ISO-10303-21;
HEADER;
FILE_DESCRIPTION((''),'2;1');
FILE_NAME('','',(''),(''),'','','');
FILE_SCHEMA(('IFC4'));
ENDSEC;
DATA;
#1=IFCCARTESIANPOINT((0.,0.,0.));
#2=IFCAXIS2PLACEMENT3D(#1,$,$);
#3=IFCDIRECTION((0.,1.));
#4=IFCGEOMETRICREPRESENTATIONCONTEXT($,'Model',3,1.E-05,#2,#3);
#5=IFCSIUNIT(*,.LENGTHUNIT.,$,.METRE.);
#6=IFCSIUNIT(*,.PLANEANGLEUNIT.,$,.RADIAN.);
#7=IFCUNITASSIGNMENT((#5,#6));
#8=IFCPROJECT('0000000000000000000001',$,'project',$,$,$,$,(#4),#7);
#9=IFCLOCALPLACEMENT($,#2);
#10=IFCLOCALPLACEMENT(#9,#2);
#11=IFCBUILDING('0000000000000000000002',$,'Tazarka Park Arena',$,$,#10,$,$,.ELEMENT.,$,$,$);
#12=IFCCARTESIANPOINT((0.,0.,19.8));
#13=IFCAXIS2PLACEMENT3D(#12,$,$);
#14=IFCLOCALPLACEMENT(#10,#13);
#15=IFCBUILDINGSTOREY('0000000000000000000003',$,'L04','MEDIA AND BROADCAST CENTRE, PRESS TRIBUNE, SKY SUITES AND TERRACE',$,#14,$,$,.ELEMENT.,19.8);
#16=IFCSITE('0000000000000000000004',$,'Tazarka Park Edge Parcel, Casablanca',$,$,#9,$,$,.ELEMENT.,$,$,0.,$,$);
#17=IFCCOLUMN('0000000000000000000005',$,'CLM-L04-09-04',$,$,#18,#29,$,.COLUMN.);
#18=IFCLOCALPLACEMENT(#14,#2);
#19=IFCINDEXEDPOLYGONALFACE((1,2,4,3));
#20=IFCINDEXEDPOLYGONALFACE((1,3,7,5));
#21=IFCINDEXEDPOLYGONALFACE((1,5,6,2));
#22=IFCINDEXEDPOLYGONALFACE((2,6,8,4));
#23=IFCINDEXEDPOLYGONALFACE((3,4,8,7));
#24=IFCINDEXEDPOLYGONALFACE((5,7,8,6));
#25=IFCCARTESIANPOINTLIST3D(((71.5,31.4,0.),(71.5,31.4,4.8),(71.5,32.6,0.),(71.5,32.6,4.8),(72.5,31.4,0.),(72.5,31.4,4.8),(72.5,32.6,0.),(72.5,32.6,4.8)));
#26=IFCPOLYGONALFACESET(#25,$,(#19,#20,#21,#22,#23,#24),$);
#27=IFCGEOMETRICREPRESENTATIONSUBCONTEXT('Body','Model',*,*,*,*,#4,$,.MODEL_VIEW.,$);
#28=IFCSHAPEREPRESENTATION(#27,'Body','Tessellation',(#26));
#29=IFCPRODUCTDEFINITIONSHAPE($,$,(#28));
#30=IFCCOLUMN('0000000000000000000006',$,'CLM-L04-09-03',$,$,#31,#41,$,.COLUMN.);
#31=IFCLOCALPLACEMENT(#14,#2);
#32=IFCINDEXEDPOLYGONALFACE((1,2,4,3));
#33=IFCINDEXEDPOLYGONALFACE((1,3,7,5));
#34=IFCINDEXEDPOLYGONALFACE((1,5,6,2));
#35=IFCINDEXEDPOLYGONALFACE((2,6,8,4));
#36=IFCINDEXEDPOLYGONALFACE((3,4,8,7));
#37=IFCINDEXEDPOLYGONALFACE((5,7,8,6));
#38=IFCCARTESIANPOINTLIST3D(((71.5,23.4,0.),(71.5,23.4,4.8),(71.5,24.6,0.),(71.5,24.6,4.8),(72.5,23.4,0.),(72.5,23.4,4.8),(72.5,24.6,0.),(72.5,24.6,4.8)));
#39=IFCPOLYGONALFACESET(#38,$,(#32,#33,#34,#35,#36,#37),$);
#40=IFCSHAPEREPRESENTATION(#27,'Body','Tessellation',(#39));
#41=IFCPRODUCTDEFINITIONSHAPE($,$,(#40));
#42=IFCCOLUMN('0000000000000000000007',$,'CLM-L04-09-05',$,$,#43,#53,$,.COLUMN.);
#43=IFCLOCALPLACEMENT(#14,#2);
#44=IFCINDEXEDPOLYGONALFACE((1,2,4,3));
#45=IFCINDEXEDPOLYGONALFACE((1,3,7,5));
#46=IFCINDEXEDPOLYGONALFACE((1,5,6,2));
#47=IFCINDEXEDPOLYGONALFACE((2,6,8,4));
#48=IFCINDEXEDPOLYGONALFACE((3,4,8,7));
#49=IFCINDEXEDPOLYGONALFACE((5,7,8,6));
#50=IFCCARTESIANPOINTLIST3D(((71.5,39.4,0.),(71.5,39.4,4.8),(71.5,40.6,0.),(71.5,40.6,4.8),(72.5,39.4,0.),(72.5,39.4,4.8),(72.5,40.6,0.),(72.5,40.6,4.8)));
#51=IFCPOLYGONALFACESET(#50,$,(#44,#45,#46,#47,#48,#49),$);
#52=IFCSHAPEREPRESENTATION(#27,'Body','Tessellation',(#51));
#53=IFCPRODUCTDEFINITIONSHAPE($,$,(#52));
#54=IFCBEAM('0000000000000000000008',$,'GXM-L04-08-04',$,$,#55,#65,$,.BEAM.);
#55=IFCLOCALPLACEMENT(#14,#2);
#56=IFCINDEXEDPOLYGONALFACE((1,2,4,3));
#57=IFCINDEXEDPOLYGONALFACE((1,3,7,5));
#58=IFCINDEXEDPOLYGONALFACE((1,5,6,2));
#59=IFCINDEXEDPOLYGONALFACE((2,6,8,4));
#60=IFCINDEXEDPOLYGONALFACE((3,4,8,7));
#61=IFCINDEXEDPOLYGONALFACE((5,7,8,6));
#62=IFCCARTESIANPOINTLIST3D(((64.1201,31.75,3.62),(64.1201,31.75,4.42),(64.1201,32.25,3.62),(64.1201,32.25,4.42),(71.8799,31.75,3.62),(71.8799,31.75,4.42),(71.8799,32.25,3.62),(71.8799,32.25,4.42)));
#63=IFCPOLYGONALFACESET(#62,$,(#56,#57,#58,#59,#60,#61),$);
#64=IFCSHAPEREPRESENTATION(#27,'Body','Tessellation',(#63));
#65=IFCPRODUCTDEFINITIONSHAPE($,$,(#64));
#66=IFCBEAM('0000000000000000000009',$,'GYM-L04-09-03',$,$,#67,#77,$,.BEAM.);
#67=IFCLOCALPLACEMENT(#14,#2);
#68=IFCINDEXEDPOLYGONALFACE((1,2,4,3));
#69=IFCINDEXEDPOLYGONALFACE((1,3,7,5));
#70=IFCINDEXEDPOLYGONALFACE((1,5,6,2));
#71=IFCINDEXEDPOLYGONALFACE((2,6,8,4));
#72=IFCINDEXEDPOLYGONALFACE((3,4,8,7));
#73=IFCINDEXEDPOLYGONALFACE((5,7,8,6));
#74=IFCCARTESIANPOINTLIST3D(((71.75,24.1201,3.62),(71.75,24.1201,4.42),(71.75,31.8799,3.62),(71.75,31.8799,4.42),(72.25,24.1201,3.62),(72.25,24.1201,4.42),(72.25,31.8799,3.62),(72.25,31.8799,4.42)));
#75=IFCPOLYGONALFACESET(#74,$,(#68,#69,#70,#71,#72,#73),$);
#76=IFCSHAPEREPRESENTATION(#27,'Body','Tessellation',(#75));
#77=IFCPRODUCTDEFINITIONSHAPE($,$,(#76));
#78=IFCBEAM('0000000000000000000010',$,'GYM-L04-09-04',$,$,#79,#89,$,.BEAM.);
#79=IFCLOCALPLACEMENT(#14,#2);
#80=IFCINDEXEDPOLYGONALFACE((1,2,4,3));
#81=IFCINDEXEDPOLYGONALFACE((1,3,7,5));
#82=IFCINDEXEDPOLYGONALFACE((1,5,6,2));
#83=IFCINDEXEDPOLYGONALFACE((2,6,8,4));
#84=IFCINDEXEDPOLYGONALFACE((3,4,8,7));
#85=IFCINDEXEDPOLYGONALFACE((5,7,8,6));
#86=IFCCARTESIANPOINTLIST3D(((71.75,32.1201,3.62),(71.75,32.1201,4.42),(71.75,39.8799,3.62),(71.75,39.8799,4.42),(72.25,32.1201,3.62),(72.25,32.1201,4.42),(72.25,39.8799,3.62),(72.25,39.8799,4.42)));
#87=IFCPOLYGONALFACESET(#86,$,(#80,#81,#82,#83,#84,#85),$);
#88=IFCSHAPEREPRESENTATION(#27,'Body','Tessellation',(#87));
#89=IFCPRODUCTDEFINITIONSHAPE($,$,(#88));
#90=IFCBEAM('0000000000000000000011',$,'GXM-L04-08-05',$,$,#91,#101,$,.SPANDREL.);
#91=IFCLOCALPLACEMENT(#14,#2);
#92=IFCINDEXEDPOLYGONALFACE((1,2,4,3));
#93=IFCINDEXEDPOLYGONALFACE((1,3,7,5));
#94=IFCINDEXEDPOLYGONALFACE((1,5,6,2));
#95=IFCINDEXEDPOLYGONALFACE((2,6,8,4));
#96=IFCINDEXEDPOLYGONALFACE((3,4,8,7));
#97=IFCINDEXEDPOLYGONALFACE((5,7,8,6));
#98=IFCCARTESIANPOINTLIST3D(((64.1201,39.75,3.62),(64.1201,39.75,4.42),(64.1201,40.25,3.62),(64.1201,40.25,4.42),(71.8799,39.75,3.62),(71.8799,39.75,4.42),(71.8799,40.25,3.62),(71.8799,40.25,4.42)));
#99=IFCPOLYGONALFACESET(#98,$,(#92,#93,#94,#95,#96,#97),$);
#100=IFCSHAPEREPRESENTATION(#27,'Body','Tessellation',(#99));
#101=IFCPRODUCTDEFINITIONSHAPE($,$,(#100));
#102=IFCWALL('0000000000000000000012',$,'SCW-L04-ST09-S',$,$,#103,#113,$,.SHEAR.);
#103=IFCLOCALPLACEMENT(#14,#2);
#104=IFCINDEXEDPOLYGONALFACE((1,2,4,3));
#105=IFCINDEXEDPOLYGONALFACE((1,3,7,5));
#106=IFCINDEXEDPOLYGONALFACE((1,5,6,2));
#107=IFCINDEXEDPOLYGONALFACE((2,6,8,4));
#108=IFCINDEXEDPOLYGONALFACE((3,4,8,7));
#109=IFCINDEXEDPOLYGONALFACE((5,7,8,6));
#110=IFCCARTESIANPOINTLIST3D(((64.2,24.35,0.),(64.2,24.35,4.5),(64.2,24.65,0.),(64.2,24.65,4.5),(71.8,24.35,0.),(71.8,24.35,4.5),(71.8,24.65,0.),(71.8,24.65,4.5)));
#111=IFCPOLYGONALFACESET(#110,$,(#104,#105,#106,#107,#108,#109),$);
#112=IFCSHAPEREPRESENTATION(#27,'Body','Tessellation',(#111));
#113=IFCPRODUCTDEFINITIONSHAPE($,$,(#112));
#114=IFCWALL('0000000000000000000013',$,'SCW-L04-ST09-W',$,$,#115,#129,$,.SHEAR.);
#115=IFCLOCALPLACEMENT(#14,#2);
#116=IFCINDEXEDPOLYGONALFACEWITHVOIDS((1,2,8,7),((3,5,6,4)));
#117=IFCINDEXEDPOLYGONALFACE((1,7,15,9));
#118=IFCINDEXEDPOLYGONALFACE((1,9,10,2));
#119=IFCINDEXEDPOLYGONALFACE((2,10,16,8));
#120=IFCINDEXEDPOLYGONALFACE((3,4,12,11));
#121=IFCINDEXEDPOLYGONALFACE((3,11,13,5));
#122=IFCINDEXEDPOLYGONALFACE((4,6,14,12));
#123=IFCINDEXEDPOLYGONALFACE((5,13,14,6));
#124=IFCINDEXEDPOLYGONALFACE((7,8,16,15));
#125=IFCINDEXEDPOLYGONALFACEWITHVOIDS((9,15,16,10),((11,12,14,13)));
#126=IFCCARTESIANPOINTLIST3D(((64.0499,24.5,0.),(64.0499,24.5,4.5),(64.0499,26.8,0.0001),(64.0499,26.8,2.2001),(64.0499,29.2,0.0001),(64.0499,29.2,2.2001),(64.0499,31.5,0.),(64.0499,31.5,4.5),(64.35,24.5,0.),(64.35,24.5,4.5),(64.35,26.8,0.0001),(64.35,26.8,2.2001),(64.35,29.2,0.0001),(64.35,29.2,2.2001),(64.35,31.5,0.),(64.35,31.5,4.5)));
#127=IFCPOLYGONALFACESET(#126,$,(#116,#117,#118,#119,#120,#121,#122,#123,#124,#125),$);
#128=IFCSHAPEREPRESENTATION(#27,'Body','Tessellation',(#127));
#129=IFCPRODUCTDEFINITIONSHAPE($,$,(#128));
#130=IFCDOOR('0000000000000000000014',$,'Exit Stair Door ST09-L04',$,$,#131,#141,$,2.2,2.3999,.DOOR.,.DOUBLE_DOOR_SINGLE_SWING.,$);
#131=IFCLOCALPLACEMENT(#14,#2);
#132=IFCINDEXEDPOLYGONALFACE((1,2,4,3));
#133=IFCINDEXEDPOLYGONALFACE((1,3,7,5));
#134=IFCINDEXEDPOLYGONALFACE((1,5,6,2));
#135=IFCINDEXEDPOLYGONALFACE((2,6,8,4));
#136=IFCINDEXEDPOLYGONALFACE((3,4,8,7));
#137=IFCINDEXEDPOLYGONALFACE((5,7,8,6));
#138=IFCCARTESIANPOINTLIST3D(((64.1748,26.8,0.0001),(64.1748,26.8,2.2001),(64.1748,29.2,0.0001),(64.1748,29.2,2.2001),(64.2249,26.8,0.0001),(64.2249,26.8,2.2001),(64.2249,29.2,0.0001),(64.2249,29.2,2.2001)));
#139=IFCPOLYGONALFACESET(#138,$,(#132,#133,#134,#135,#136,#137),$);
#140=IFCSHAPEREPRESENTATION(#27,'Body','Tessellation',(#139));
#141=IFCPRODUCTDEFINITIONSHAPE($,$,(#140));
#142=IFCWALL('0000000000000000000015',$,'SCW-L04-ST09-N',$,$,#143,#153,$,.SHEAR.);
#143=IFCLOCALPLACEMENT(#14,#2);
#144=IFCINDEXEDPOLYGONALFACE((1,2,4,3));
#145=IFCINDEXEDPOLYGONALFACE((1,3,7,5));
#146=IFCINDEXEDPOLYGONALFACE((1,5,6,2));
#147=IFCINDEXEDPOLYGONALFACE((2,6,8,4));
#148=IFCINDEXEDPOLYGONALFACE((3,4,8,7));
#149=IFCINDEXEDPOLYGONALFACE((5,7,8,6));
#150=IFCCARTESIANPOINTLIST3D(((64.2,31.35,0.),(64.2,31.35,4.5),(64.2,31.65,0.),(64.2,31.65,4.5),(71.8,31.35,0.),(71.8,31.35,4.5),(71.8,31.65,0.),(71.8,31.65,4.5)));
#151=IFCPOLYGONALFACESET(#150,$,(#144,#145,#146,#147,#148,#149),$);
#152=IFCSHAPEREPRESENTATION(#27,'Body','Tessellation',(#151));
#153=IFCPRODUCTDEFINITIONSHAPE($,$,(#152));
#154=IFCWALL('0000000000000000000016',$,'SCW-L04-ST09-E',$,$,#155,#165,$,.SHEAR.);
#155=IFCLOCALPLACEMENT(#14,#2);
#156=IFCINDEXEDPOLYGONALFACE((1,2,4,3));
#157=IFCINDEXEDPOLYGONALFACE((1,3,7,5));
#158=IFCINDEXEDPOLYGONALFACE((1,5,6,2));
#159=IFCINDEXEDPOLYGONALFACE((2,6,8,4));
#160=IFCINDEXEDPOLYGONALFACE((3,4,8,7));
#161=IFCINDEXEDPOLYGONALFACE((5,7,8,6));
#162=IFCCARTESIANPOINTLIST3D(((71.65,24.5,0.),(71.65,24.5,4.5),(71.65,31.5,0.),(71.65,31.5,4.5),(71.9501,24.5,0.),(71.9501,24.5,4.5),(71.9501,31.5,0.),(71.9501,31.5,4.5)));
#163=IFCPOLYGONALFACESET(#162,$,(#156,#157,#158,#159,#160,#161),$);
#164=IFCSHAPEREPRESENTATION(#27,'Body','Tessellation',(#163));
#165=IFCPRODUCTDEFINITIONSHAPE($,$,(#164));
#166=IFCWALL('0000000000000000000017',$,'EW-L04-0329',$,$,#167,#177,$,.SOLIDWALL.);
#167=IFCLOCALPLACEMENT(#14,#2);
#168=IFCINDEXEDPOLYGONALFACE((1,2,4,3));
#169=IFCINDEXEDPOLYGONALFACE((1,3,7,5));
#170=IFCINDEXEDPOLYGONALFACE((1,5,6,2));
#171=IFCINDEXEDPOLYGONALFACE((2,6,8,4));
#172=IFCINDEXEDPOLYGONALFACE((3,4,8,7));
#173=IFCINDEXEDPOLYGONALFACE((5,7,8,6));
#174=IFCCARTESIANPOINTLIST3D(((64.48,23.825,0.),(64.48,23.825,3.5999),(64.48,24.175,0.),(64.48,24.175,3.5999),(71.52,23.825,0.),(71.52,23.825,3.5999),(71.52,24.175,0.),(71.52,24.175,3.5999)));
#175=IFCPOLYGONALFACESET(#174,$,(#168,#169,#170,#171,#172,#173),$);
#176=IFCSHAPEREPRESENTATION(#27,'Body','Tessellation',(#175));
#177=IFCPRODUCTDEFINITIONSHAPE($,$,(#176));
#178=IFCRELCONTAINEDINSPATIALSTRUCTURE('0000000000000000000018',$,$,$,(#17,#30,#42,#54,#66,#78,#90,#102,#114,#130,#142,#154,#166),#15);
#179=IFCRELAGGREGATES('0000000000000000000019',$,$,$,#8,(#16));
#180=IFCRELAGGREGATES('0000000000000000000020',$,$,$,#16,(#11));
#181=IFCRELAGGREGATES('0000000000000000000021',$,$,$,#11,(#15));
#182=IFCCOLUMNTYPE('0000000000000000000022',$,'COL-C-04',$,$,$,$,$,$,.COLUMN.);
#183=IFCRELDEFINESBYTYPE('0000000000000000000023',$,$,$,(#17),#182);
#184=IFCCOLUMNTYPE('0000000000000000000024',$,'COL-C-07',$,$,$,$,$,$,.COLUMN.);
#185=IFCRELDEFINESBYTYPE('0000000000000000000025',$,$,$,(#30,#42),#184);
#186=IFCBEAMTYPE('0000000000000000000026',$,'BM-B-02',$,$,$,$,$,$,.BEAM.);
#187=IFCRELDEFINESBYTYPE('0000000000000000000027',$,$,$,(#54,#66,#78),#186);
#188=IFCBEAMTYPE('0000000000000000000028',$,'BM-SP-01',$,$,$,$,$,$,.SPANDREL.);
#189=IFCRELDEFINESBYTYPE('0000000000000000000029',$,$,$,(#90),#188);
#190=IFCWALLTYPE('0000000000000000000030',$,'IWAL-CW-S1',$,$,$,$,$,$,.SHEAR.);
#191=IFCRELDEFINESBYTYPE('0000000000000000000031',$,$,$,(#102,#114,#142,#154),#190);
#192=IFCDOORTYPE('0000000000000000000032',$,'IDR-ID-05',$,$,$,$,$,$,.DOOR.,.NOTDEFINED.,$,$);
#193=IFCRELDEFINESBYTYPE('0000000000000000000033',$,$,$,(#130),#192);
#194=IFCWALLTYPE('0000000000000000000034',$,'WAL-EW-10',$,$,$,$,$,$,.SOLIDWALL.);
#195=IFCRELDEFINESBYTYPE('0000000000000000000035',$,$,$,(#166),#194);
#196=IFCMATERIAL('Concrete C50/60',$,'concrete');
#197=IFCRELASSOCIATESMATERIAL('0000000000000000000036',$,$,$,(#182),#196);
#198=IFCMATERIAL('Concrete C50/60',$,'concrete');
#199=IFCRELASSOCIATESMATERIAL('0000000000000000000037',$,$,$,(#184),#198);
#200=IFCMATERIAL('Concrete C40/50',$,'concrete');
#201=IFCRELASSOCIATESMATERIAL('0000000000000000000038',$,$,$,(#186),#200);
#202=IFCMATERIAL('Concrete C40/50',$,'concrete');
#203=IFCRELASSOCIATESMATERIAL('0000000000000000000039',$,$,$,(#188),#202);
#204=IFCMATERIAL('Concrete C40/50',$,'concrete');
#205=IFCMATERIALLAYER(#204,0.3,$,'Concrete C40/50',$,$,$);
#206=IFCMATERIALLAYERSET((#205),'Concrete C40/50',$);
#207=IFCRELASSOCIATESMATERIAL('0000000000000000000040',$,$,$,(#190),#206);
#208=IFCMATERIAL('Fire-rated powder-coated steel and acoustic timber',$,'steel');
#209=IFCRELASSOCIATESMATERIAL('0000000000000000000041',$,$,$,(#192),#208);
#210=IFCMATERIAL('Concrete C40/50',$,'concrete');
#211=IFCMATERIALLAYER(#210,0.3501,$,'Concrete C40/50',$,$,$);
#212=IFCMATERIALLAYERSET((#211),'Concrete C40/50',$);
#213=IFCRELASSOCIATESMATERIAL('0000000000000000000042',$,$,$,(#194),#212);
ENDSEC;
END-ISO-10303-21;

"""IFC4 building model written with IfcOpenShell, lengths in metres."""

from ifc_helpers import new_model, si_unit, direction, frame, frame_2d, origin, origin_2d, place, context, subcontext, project, spatial, rectangle, extrude, material, layer, layer_set, material_profile, profile_set, type_object, element, fill, save


model = new_model("IFC4")

# Units and contexts
model_context = context("Model", 3, precision=1e-05, world=origin(), true_north=direction((0.0, 1.0)))
body_context = subcontext(model_context, "Body", "Model", "MODEL_VIEW")
ifc_project = project(units=[si_unit("LENGTHUNIT", "METRE"), si_unit("PLANEANGLEUNIT", "RADIAN")], contexts=[model_context])

# Site, building, storey
site_placement = place(None, origin())
site = spatial("IfcSite", under=ifc_project, at=site_placement, Name="Tazarka Park Edge Parcel, Casablanca", CompositionType="ELEMENT", RefElevation=0.0)
building_placement = place(site_placement, origin())
building = spatial("IfcBuilding", under=site, at=building_placement, Name="Tazarka Park Arena", CompositionType="ELEMENT")
storey_placement = place(building_placement, frame((0.0, 0.0, 19.8)))
storey = spatial("IfcBuildingStorey", under=building, at=storey_placement, Name="L04", Description="MEDIA AND BROADCAST CENTRE, PRESS TRIBUNE, SKY SUITES AND TERRACE", CompositionType="ELEMENT", Elevation=19.8)

# Columns
ifc_material_1 = material(Name="Concrete C50/60", Category="concrete")
ifc_material_profile_1 = material_profile(ifc_material_1, rectangle(XDim=1.0, YDim=1.2, at=origin_2d()), Name="Concrete C50/60")
ifc_profile_set_1 = profile_set([ifc_material_profile_1], Name="Concrete C50/60")
column_type_1 = type_object("IfcColumnType", Name="COL-C-04", PredefinedType="COLUMN", material=ifc_profile_set_1)
column_placement = place(storey_placement, frame((72.0, 32.0, 0.0), z_axis=(0.0, 0.0, 1.0), x_axis=(1.0, 0.0, 0.0)))
element("IfcColumn", 1, at=column_placement, inside=storey, type_object=column_type_1, Name="CLM-L04-09-04", PredefinedType="COLUMN", context=body_context, shape_type="SweptSolid", body=[
    extrude(rectangle(XDim=1.0, YDim=1.2, at=origin_2d()), origin(), (0.0, 0.0, 1.0), 4.8),
])
ifc_material_2 = material(Name="Concrete C50/60", Category="concrete")
ifc_material_profile_2 = material_profile(ifc_material_2, rectangle(XDim=1.0, YDim=1.2, at=origin_2d()), Name="Concrete C50/60")
ifc_profile_set_2 = profile_set([ifc_material_profile_2], Name="Concrete C50/60")
column_type_2 = type_object("IfcColumnType", Name="COL-C-07", PredefinedType="COLUMN", material=ifc_profile_set_2)
for number, where, z_axis, x_axis, name in (
    (2, (72.0, 24.0, 0.0), (0.0, 0.0, 1.0), (1.0, 0.0, 0.0), "CLM-L04-09-03"),
    (3, (72.0, 40.0, 0.0), (0.0, 0.0, 1.0), (1.0, 0.0, 0.0), "CLM-L04-09-05"),
):
    element("IfcColumn", number, at=place(storey_placement, frame(where, z_axis=z_axis, x_axis=x_axis)), inside=storey, type_object=column_type_2, Name=name, PredefinedType="COLUMN", context=body_context, shape_type="SweptSolid", body=[
        extrude(rectangle(XDim=1.0, YDim=1.2, at=origin_2d()), origin(), (0.0, 0.0, 1.0), 4.8),
    ])

# Beams
ifc_material_3 = material(Name="Concrete C40/50", Category="concrete")
ifc_material_profile_3 = material_profile(ifc_material_3, rectangle(XDim=0.5, YDim=0.8, at=origin_2d()), Name="Concrete C40/50")
ifc_profile_set_3 = profile_set([ifc_material_profile_3], Name="Concrete C40/50")
beam_type_1 = type_object("IfcBeamType", Name="BM-B-02", PredefinedType="BEAM", material=ifc_profile_set_3)
for number, where, z_axis, x_axis, name in (
    (4, (64.1201, 32.0, 4.02), (1.0, 0.0, 0.0), (0.0, 1.0, 0.0), "GXM-L04-08-04"),
    (5, (72.0, 24.1201, 4.02), (0.0, 1.0, 0.0), (-1.0, 0.0, 0.0), "GYM-L04-09-03"),
    (6, (72.0, 32.1201, 4.02), (0.0, 1.0, 0.0), (-1.0, 0.0, 0.0), "GYM-L04-09-04"),
):
    element("IfcBeam", number, at=place(storey_placement, frame(where, z_axis=z_axis, x_axis=x_axis)), inside=storey, type_object=beam_type_1, Name=name, PredefinedType="BEAM", context=body_context, shape_type="SweptSolid", body=[
        extrude(rectangle(XDim=0.5, YDim=0.8, at=origin_2d()), origin(), (0.0, 0.0, 1.0), 7.7598),
    ])
ifc_material_4 = material(Name="Concrete C40/50", Category="concrete")
ifc_material_profile_4 = material_profile(ifc_material_4, rectangle(XDim=0.5, YDim=0.8, at=origin_2d()), Name="Concrete C40/50")
ifc_profile_set_4 = profile_set([ifc_material_profile_4], Name="Concrete C40/50")
beam_type_2 = type_object("IfcBeamType", Name="BM-SP-01", PredefinedType="SPANDREL", material=ifc_profile_set_4)
beam_placement = place(storey_placement, frame((64.1201, 40.0, 4.02), z_axis=(1.0, 0.0, 0.0), x_axis=(0.0, 1.0, 0.0)))
element("IfcBeam", 7, at=beam_placement, inside=storey, type_object=beam_type_2, Name="GXM-L04-08-05", PredefinedType="SPANDREL", context=body_context, shape_type="SweptSolid", body=[
    extrude(rectangle(XDim=0.5, YDim=0.8, at=origin_2d()), origin(), (0.0, 0.0, 1.0), 7.7598),
])

# Wall
ifc_material_5 = material(Name="Concrete C40/50", Category="concrete")
ifc_layer_1 = layer(ifc_material_5, 0.3, Name="Concrete C40/50")
ifc_layer_set_1 = layer_set([ifc_layer_1], Name="Concrete C40/50")
wall_type_1 = type_object("IfcWallType", Name="IWAL-CW-S1", PredefinedType="SHEAR", material=ifc_layer_set_1)
wall_1_placement = place(storey_placement, frame((71.8, 24.5, 0.0), z_axis=(0.0, 0.0, 1.0), x_axis=(-1.0, 0.0, 0.0)))
element("IfcWall", 8, at=wall_1_placement, inside=storey, type_object=wall_type_1, Name="SCW-L04-ST09-S", PredefinedType="SHEAR", context=body_context, shape_type="SweptSolid", body=[
    extrude(rectangle(XDim=7.6001, YDim=0.3, at=frame_2d((3.8, 0.0))), origin(), (0.0, 0.0, 1.0), 4.5),
])

# Wall, opening, door
wall_2_placement = place(storey_placement, frame((64.2, 24.5, 0.0), z_axis=(0.0, 0.0, 1.0), x_axis=(0.0, 1.0, 0.0)))
wall_2 = element("IfcWall", 9, at=wall_2_placement, inside=storey, type_object=wall_type_1, Name="SCW-L04-ST09-W", PredefinedType="SHEAR", context=body_context, shape_type="SweptSolid", body=[
    extrude(rectangle(XDim=7.0, YDim=0.3, at=frame_2d((3.5, 0.0))), origin(), (0.0, 0.0, 1.0), 4.5),
])
opening_placement = place(wall_2_placement, frame((2.3, 0.0, 0.0)))
opening = element("IfcOpeningElement", 10, at=opening_placement, cuts=wall_2, PredefinedType="OPENING", context=body_context, shape_type="SweptSolid", body=[
    extrude(rectangle(XDim=2.3999, YDim=2.2, at=frame_2d((1.2, 1.1001))), frame((0.0, 0.1602, 0.0), z_axis=(0.0, -1.0, 0.0), x_axis=(1.0, 0.0, 0.0)), (0.0, 0.0, 1.0), 0.3201),
])
ifc_material_6 = material(Name="Fire-rated powder-coated steel and acoustic timber", Category="steel")
door_type = type_object("IfcDoorType", Name="IDR-ID-05", OperationType="NOTDEFINED", PredefinedType="DOOR", material=ifc_material_6)
door_placement = place(opening_placement, frame((2.3999, 0.0, 0.0), z_axis=(0.0, 0.0, 1.0), x_axis=(-1.0, 0.0, 0.0)))
door = element("IfcDoor", 11, at=door_placement, inside=storey, type_object=door_type, Name="Exit Stair Door ST09-L04", OperationType="DOUBLE_DOOR_SINGLE_SWING", OverallHeight=2.2, OverallWidth=2.3999, PredefinedType="DOOR", context=body_context, shape_type="SweptSolid", body=[
    extrude(rectangle(XDim=2.3999, YDim=2.2, at=frame_2d((1.2, 1.1001))), frame((0.0, 0.0249, 0.0), z_axis=(0.0, -1.0, 0.0), x_axis=(1.0, 0.0, 0.0)), (0.0, 0.0, 1.0), 0.05),
])
fill(opening, door)

# Walls
wall_3_placement = place(storey_placement, frame((64.2, 31.5, 0.0), z_axis=(0.0, 0.0, 1.0), x_axis=(1.0, 0.0, 0.0)))
element("IfcWall", 12, at=wall_3_placement, inside=storey, type_object=wall_type_1, Name="SCW-L04-ST09-N", PredefinedType="SHEAR", context=body_context, shape_type="SweptSolid", body=[
    extrude(rectangle(XDim=7.6001, YDim=0.3, at=frame_2d((3.8, 0.0))), origin(), (0.0, 0.0, 1.0), 4.5),
])
wall_4_placement = place(storey_placement, frame((71.8, 31.5, 0.0), z_axis=(0.0, 0.0, 1.0), x_axis=(0.0, -1.0, 0.0)))
element("IfcWall", 13, at=wall_4_placement, inside=storey, type_object=wall_type_1, Name="SCW-L04-ST09-E", PredefinedType="SHEAR", context=body_context, shape_type="SweptSolid", body=[
    extrude(rectangle(XDim=7.0, YDim=0.3, at=frame_2d((3.5, 0.0))), origin(), (0.0, 0.0, 1.0), 4.5),
])
ifc_material_7 = material(Name="Concrete C40/50", Category="concrete")
ifc_layer_2 = layer(ifc_material_7, 0.3501, Name="Concrete C40/50")
ifc_layer_set_2 = layer_set([ifc_layer_2], Name="Concrete C40/50")
wall_type_2 = type_object("IfcWallType", Name="WAL-EW-10", PredefinedType="SOLIDWALL", material=ifc_layer_set_2)
wall_5_placement = place(storey_placement, frame((71.52, 24.0, 0.0), z_axis=(0.0, 0.0, 1.0), x_axis=(-1.0, 0.0, 0.0)))
element("IfcWall", 14, at=wall_5_placement, inside=storey, type_object=wall_type_2, Name="EW-L04-0329", PredefinedType="SOLIDWALL", context=body_context, shape_type="SweptSolid", body=[
    extrude(rectangle(XDim=7.04, YDim=0.3501, at=frame_2d((3.52, 0.0))), origin(), (0.0, 0.0, 1.0), 3.5999),
])

save(model, "model.ifc")
